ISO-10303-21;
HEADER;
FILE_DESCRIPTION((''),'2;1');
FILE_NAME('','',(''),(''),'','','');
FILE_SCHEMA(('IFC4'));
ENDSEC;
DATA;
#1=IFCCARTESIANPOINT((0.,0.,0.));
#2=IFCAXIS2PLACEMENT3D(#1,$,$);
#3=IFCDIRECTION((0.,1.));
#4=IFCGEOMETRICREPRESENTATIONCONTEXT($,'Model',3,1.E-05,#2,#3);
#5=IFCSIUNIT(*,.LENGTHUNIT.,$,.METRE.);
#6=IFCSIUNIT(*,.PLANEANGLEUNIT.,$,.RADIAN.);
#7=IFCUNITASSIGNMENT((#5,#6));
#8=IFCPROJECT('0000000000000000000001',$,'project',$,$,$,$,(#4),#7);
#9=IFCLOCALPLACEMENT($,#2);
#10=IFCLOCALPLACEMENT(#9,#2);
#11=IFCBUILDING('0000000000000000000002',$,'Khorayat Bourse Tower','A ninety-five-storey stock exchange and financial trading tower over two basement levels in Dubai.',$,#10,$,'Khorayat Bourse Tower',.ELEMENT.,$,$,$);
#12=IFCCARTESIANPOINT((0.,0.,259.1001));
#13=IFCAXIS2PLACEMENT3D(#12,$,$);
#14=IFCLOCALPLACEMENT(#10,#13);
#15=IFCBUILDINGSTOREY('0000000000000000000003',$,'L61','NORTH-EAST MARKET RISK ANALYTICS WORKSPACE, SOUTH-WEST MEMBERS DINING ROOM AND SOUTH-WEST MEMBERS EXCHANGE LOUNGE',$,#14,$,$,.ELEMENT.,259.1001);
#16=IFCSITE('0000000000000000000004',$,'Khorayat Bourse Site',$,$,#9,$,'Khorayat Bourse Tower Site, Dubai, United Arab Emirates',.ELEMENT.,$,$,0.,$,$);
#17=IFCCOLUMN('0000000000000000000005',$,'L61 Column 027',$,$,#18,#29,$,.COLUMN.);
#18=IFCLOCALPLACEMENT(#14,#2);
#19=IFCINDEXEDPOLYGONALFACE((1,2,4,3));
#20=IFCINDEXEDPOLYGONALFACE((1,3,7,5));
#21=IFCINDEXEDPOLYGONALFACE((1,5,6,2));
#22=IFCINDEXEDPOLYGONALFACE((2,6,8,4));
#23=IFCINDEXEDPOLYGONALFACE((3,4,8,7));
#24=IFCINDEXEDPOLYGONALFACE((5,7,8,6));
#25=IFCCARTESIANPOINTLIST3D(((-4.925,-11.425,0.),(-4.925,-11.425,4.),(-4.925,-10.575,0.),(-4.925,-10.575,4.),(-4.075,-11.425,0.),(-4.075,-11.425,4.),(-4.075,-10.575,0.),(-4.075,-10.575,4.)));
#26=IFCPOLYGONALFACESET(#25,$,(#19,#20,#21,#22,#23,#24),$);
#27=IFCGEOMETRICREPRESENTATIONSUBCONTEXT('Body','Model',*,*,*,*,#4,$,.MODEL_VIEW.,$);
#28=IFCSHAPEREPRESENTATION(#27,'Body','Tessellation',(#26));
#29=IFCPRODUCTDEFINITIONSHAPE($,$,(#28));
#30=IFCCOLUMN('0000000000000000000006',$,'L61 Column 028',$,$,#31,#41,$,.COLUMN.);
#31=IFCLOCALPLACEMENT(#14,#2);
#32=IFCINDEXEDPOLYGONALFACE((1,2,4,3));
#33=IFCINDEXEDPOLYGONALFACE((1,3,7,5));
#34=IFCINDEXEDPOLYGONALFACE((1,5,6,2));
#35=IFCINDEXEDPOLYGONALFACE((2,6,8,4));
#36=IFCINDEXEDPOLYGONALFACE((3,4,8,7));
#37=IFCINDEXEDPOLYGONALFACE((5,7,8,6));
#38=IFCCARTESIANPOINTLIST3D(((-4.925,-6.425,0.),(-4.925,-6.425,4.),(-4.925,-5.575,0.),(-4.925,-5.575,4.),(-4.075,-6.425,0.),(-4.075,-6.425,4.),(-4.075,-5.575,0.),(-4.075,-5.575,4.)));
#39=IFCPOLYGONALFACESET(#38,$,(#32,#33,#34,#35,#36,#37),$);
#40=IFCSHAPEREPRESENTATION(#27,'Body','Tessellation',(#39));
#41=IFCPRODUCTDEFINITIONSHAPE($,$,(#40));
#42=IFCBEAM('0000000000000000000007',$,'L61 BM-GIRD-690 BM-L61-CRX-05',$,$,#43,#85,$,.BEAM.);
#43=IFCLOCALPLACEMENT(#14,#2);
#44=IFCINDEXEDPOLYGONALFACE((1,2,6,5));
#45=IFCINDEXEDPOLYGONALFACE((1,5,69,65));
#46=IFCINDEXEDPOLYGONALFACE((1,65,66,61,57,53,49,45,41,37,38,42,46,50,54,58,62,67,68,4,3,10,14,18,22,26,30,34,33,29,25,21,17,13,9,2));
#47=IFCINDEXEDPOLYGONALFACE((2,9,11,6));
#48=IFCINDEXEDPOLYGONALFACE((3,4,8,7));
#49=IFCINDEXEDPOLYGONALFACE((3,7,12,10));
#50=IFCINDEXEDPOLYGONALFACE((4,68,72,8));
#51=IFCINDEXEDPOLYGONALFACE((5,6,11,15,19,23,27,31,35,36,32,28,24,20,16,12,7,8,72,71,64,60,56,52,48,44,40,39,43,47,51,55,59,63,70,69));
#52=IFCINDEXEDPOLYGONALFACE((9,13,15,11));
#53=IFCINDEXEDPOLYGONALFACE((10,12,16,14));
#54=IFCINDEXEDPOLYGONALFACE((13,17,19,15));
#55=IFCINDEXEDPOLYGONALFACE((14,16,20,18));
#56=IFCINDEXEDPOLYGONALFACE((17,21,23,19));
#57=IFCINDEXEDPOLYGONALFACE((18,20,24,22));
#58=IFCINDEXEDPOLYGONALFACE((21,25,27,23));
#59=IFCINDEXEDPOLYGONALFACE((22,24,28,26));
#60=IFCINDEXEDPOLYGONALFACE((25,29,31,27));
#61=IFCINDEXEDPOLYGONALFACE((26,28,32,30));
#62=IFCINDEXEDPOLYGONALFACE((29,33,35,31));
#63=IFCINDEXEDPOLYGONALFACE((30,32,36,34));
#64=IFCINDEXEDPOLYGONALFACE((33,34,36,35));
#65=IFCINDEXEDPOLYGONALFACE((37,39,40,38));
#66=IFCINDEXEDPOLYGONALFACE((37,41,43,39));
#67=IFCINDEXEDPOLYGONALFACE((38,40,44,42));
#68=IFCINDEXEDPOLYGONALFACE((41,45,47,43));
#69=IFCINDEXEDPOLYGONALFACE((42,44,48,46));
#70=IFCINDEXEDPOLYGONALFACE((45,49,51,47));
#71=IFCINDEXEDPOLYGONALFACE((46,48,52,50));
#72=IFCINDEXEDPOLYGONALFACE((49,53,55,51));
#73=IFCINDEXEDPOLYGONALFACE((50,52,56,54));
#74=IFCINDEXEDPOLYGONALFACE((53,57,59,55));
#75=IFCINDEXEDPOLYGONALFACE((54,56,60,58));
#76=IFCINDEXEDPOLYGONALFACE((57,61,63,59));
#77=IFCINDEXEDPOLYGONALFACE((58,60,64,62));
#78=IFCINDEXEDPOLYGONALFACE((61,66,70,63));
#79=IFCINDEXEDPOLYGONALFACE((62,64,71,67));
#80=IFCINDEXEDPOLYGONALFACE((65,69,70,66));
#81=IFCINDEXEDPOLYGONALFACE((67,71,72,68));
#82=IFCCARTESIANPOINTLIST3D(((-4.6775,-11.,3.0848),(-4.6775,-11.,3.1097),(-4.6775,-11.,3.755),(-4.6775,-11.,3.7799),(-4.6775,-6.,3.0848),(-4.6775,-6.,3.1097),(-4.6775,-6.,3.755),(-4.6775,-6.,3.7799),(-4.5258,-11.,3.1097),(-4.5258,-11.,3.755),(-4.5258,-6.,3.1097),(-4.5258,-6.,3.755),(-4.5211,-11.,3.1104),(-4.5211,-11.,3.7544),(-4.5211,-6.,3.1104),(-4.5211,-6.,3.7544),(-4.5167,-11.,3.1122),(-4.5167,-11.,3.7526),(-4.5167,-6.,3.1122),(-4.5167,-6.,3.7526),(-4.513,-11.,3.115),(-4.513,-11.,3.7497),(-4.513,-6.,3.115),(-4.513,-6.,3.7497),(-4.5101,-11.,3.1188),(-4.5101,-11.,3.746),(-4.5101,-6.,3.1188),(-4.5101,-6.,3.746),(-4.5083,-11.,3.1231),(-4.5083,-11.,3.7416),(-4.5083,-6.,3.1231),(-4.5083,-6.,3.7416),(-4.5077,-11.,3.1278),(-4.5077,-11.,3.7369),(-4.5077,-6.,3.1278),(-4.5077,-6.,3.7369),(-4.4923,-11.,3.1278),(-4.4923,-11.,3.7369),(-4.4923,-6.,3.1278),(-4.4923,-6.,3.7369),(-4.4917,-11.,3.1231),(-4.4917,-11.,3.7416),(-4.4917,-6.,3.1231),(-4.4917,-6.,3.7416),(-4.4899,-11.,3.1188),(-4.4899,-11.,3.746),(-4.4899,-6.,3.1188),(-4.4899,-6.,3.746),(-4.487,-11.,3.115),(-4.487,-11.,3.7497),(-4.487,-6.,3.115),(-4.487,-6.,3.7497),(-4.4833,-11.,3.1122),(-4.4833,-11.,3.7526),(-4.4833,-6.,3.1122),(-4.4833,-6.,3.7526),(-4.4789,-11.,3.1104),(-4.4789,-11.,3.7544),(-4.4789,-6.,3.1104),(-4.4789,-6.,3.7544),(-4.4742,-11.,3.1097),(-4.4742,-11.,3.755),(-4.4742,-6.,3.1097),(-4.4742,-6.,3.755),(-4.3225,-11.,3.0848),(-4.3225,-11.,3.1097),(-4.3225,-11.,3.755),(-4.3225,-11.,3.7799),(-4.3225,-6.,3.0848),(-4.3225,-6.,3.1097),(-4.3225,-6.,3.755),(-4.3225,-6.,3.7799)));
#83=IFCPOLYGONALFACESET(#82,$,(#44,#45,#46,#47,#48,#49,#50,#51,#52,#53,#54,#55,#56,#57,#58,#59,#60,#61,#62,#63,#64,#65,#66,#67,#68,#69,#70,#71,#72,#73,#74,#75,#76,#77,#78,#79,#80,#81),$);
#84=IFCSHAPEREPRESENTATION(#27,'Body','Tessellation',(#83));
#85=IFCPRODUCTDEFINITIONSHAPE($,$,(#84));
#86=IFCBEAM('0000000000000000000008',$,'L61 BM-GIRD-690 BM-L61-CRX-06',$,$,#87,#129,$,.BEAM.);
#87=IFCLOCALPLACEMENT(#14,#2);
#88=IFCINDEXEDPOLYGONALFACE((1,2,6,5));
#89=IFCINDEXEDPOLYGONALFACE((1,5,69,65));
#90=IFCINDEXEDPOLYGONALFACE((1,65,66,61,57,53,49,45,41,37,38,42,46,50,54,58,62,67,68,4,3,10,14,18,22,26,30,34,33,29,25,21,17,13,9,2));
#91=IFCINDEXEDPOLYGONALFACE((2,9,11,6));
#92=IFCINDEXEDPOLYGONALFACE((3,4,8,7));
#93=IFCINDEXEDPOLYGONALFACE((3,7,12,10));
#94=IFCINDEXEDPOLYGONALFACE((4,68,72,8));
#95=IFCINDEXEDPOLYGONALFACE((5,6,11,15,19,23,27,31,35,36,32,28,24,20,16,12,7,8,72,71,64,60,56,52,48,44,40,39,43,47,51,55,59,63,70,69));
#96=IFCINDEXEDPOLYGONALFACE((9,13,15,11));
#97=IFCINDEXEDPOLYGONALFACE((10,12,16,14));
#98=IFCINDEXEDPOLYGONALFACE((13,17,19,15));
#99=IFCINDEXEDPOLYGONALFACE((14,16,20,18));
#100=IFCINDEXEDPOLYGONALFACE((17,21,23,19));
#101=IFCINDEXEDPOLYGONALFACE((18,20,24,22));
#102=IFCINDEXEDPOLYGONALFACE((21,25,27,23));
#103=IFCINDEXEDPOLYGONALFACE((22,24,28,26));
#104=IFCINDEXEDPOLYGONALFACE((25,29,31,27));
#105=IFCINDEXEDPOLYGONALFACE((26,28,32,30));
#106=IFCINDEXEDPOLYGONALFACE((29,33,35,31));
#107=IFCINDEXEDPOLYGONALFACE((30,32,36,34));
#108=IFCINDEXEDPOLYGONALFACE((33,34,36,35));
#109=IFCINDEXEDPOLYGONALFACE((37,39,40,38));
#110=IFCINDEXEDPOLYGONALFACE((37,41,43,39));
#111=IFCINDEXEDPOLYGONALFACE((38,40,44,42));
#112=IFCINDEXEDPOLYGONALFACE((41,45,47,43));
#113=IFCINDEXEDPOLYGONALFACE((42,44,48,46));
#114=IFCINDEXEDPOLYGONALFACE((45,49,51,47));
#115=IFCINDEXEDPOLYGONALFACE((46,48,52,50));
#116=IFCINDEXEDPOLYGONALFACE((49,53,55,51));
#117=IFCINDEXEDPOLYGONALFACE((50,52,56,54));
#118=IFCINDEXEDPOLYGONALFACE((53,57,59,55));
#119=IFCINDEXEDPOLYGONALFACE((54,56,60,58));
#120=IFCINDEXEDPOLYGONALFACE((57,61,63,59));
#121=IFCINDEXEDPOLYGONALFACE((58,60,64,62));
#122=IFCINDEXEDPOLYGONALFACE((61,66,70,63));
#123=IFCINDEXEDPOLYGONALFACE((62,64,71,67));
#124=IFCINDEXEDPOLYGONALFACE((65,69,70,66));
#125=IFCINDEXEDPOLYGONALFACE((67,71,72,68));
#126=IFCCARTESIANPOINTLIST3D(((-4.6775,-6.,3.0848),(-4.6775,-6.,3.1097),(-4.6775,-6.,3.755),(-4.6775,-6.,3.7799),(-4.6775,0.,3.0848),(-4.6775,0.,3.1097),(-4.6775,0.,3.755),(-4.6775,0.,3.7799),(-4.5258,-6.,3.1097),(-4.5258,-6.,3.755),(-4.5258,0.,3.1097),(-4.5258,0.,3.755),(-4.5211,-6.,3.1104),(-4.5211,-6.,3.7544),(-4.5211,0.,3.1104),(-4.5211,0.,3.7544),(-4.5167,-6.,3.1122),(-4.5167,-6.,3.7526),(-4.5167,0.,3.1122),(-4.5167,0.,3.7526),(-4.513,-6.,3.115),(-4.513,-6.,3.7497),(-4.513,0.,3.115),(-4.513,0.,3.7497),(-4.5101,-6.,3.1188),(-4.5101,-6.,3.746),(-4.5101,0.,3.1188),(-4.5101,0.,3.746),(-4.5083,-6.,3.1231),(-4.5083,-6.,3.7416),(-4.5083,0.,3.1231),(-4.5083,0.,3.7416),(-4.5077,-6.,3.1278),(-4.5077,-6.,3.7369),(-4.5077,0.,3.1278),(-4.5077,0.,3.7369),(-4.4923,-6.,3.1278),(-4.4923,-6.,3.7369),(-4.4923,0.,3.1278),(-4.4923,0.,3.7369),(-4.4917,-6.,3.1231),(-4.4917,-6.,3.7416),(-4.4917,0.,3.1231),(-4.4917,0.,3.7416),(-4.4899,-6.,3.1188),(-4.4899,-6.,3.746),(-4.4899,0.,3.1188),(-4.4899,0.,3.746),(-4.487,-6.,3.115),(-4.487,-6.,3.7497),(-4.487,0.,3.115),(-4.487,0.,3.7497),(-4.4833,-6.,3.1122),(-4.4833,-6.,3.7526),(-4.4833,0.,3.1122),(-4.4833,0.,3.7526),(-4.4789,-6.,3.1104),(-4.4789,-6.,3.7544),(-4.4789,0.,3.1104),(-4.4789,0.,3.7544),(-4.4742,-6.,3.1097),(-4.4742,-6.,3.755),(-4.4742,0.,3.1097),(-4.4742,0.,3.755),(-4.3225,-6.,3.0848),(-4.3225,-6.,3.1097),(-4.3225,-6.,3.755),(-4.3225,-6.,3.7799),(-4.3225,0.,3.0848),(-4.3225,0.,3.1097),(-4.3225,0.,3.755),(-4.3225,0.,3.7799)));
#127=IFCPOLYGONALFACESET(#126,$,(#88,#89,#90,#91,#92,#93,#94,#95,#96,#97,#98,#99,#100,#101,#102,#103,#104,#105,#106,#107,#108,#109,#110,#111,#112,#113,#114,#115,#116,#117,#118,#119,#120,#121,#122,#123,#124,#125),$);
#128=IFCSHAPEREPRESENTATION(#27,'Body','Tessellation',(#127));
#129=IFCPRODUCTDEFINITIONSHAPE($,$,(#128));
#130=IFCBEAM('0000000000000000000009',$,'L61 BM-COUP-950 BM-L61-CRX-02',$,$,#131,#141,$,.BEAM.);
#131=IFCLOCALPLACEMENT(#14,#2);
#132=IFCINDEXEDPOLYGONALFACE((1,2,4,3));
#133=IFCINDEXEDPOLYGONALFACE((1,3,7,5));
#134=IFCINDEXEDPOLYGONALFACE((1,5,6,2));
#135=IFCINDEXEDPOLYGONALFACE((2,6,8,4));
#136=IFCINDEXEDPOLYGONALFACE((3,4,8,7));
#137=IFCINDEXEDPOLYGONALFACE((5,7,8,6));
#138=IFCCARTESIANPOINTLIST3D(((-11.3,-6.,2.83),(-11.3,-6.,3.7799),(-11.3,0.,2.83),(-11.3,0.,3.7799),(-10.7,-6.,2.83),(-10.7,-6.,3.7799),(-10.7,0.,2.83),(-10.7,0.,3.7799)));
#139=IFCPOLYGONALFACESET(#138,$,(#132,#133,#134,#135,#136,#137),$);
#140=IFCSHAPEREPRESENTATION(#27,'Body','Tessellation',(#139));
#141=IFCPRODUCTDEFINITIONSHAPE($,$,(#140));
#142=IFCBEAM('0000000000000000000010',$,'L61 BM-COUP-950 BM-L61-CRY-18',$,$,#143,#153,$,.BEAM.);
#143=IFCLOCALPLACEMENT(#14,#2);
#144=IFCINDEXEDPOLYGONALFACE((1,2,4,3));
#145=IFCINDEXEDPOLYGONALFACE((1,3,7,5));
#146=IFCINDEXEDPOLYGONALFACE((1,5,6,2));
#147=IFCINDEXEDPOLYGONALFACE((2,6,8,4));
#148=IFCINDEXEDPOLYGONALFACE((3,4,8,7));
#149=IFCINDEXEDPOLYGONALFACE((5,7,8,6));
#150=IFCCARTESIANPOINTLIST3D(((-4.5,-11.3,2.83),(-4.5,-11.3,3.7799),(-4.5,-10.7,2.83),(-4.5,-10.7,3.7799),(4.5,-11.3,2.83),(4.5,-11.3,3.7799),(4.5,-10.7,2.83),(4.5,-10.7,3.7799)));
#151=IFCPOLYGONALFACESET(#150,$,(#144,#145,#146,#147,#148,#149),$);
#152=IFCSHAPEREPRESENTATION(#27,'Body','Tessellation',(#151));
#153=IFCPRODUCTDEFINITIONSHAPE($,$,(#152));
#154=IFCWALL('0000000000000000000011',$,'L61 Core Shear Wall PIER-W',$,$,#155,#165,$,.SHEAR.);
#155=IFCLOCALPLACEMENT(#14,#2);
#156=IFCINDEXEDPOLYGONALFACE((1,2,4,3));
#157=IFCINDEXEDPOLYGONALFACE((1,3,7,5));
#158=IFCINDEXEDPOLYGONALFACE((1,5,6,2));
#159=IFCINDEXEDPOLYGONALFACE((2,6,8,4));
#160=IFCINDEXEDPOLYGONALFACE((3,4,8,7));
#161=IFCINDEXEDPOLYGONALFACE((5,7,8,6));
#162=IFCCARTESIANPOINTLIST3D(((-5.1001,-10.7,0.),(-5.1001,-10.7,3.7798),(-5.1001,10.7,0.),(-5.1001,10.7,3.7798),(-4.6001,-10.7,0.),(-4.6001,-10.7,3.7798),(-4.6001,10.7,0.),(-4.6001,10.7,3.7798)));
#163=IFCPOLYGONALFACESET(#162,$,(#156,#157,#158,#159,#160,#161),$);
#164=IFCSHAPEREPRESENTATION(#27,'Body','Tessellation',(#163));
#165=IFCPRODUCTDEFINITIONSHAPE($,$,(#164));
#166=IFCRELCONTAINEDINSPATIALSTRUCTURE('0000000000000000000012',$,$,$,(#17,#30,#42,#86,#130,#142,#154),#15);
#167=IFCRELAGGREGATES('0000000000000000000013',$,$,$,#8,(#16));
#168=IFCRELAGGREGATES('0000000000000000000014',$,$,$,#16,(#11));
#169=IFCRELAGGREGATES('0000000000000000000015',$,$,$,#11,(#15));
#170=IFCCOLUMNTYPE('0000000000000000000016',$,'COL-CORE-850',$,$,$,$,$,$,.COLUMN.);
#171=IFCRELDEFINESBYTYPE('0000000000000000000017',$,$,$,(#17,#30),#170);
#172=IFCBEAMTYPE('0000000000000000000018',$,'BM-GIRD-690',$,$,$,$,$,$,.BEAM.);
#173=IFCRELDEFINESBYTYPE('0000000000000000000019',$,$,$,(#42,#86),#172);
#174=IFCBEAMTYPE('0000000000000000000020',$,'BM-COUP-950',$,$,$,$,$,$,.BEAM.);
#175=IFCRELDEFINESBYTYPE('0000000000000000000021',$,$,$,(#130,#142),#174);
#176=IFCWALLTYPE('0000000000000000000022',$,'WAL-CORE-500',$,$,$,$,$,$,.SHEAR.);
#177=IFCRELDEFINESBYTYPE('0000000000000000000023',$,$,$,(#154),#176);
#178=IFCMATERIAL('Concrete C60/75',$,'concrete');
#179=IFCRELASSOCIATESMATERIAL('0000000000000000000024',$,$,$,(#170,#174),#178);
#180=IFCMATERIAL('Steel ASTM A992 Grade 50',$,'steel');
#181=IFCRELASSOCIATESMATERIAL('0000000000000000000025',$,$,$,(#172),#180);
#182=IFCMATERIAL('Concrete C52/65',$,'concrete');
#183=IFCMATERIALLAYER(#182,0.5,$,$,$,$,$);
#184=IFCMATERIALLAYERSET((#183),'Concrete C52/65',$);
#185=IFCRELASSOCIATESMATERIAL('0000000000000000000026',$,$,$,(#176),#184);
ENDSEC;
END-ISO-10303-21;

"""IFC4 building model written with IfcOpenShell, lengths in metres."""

from ifc_helpers import new_model, si_unit, direction, frame, frame_2d, origin, origin_2d, place, context, subcontext, project, spatial, rectangle, i_section, extrude, source, transform, mapped, material, layer, layer_set, material_profile, profile_set, type_object, element, save


model = new_model("IFC4")

# Units and contexts
model_context = context("Model", 3, precision=1e-05, world=origin(), true_north=direction((0.0, 1.0)))
body_context = subcontext(model_context, "Body", "Model", "MODEL_VIEW")
ifc_project = project(units=[si_unit("LENGTHUNIT", "METRE"), si_unit("PLANEANGLEUNIT", "RADIAN")], contexts=[model_context])

# Site, building, storey
site_placement = place(None, origin())
site = spatial("IfcSite", under=ifc_project, at=site_placement, Name="Khorayat Bourse Site", LongName="Khorayat Bourse Tower Site, Dubai, United Arab Emirates", CompositionType="ELEMENT", RefElevation=0.0)
building_placement = place(site_placement, origin())
building = spatial("IfcBuilding", under=site, at=building_placement, Name="Khorayat Bourse Tower", Description="A ninety-five-storey stock exchange and financial trading tower over two basement levels in Dubai.", LongName="Khorayat Bourse Tower", CompositionType="ELEMENT")
storey_placement = place(building_placement, frame((0.0, 0.0, 259.1001)))
storey = spatial("IfcBuildingStorey", under=building, at=storey_placement, Name="L61", Description="NORTH-EAST MARKET RISK ANALYTICS WORKSPACE, SOUTH-WEST MEMBERS DINING ROOM AND SOUTH-WEST MEMBERS EXCHANGE LOUNGE", CompositionType="ELEMENT", Elevation=259.1001)

# Columns
ifc_material_1 = material(Name="Concrete C60/75", Category="concrete")
ifc_material_profile_1 = material_profile(ifc_material_1, rectangle(XDim=0.8501, YDim=0.8501, at=origin_2d()), Name="RC 850x850")
ifc_profile_set_1 = profile_set([ifc_material_profile_1], Name="Concrete C60/75")
column_type = type_object("IfcColumnType", Name="COL-CORE-850", PredefinedType="COLUMN", material=ifc_profile_set_1)
shared_shape_1 = source(origin(), body_context, "Body", "SweptSolid", [
    extrude(rectangle(XDim=0.8501, YDim=0.8501, at=origin_2d()), origin(), (0.0, 0.0, 1.0), 4.0),
])
for number, where, z_axis, x_axis, name in (
    (1, (-4.5, -11.0, 0.0), (0.0, 0.0, 1.0), (1.0, 0.0, 0.0), "L61 Column 027"),
    (2, (-4.5, -6.0, 0.0), (0.0, 0.0, 1.0), (1.0, 0.0, 0.0), "L61 Column 028"),
):
    element("IfcColumn", number, at=place(storey_placement, frame(where, z_axis=z_axis, x_axis=x_axis)), inside=storey, type_object=column_type, Name=name, PredefinedType="COLUMN", context=body_context, shape_type="MappedRepresentation", body=[
        mapped(shared_shape_1, transform((0.0, 0.0, 0.0), scale=1.0)),
    ])

# Beams
ifc_material_2 = material(Name="Steel ASTM A992 Grade 50", Category="steel")
ifc_material_profile_2 = material_profile(ifc_material_2, i_section(OverallWidth=0.355, OverallDepth=0.6951, WebThickness=0.0154, FlangeThickness=0.0249, FilletRadius=0.0181, at=origin_2d()), Name="W690X217")
ifc_profile_set_2 = profile_set([ifc_material_profile_2], Name="Steel ASTM A992 Grade 50")
beam_type_1 = type_object("IfcBeamType", Name="BM-GIRD-690", PredefinedType="BEAM", material=ifc_profile_set_2)
shared_shape_2 = source(origin(), body_context, "Body", "SweptSolid", [
    extrude(i_section(OverallWidth=0.355, OverallDepth=0.6951, WebThickness=0.0154, FlangeThickness=0.0249, FilletRadius=0.0181, at=origin_2d()), origin(), (0.0, 0.0, 1.0), 5.0),
])
beam_1_placement = place(storey_placement, frame((-4.5, -11.0, 3.4324), z_axis=(0.0, 1.0, 0.0), x_axis=(-1.0, 0.0, 0.0)))
element("IfcBeam", 3, at=beam_1_placement, inside=storey, type_object=beam_type_1, Name="L61 BM-GIRD-690 BM-L61-CRX-05", PredefinedType="BEAM", context=body_context, shape_type="MappedRepresentation", body=[
    mapped(shared_shape_2, transform((0.0, 0.0, 0.0), scale=1.0)),
])
shared_shape_3 = source(origin(), body_context, "Body", "SweptSolid", [
    extrude(i_section(OverallWidth=0.355, OverallDepth=0.6951, WebThickness=0.0154, FlangeThickness=0.0249, FilletRadius=0.0181, at=origin_2d()), origin(), (0.0, 0.0, 1.0), 6.0),
])
beam_2_placement = place(storey_placement, frame((-4.5, -6.0, 3.4324), z_axis=(0.0, 1.0, 0.0), x_axis=(-1.0, 0.0, 0.0)))
element("IfcBeam", 4, at=beam_2_placement, inside=storey, type_object=beam_type_1, Name="L61 BM-GIRD-690 BM-L61-CRX-06", PredefinedType="BEAM", context=body_context, shape_type="MappedRepresentation", body=[
    mapped(shared_shape_3, transform((0.0, 0.0, 0.0), scale=1.0)),
])
ifc_material_profile_3 = material_profile(ifc_material_1, rectangle(XDim=0.6001, YDim=0.95, at=origin_2d()), Name="RC 600x950")
ifc_profile_set_3 = profile_set([ifc_material_profile_3], Name="Concrete C60/75")
beam_type_2 = type_object("IfcBeamType", Name="BM-COUP-950", PredefinedType="BEAM", material=ifc_profile_set_3)
shared_shape_4 = source(origin(), body_context, "Body", "SweptSolid", [
    extrude(rectangle(XDim=0.6001, YDim=0.95, at=origin_2d()), origin(), (0.0, 0.0, 1.0), 6.0),
])
beam_3_placement = place(storey_placement, frame((-11.0, -6.0, 3.3049), z_axis=(0.0, 1.0, 0.0), x_axis=(-1.0, 0.0, 0.0)))
element("IfcBeam", 5, at=beam_3_placement, inside=storey, type_object=beam_type_2, Name="L61 BM-COUP-950 BM-L61-CRX-02", PredefinedType="BEAM", context=body_context, shape_type="MappedRepresentation", body=[
    mapped(shared_shape_4, transform((0.0, 0.0, 0.0), scale=1.0)),
])
shared_shape_5 = source(origin(), body_context, "Body", "SweptSolid", [
    extrude(rectangle(XDim=0.6001, YDim=0.95, at=origin_2d()), origin(), (0.0, 0.0, 1.0), 9.0),
])
beam_4_placement = place(storey_placement, frame((-4.5, -11.0, 3.3049), z_axis=(1.0, 0.0, 0.0), x_axis=(0.0, 1.0, 0.0)))
element("IfcBeam", 6, at=beam_4_placement, inside=storey, type_object=beam_type_2, Name="L61 BM-COUP-950 BM-L61-CRY-18", PredefinedType="BEAM", context=body_context, shape_type="MappedRepresentation", body=[
    mapped(shared_shape_5, transform((0.0, 0.0, 0.0), scale=1.0)),
])

# Wall
ifc_material_3 = material(Name="Concrete C52/65", Category="concrete")
ifc_layer_1 = layer(ifc_material_3, 0.5)
ifc_layer_set_1 = layer_set([ifc_layer_1], Name="Concrete C52/65")
wall_type_1 = type_object("IfcWallType", Name="WAL-CORE-500", PredefinedType="SHEAR", material=ifc_layer_set_1)
shared_shape_6 = source(origin(), body_context, "Body", "SweptSolid", [
    extrude(rectangle(XDim=21.3999, YDim=0.5, at=frame_2d((10.7, 0.0))), origin(), (0.0, 0.0, 1.0), 3.7798),
])
wall_1_placement = place(storey_placement, frame((-4.8501, -10.7, 0.0), z_axis=(0.0, 0.0, 1.0), x_axis=(0.0, 1.0, 0.0)))
element("IfcWall", 7, at=wall_1_placement, inside=storey, type_object=wall_type_1, Name="L61 Core Shear Wall PIER-W", PredefinedType="SHEAR", context=body_context, shape_type="MappedRepresentation", body=[
    mapped(shared_shape_6, transform((0.0, 0.0, 0.0), scale=1.0)),
])

save(model, "model.ifc")
